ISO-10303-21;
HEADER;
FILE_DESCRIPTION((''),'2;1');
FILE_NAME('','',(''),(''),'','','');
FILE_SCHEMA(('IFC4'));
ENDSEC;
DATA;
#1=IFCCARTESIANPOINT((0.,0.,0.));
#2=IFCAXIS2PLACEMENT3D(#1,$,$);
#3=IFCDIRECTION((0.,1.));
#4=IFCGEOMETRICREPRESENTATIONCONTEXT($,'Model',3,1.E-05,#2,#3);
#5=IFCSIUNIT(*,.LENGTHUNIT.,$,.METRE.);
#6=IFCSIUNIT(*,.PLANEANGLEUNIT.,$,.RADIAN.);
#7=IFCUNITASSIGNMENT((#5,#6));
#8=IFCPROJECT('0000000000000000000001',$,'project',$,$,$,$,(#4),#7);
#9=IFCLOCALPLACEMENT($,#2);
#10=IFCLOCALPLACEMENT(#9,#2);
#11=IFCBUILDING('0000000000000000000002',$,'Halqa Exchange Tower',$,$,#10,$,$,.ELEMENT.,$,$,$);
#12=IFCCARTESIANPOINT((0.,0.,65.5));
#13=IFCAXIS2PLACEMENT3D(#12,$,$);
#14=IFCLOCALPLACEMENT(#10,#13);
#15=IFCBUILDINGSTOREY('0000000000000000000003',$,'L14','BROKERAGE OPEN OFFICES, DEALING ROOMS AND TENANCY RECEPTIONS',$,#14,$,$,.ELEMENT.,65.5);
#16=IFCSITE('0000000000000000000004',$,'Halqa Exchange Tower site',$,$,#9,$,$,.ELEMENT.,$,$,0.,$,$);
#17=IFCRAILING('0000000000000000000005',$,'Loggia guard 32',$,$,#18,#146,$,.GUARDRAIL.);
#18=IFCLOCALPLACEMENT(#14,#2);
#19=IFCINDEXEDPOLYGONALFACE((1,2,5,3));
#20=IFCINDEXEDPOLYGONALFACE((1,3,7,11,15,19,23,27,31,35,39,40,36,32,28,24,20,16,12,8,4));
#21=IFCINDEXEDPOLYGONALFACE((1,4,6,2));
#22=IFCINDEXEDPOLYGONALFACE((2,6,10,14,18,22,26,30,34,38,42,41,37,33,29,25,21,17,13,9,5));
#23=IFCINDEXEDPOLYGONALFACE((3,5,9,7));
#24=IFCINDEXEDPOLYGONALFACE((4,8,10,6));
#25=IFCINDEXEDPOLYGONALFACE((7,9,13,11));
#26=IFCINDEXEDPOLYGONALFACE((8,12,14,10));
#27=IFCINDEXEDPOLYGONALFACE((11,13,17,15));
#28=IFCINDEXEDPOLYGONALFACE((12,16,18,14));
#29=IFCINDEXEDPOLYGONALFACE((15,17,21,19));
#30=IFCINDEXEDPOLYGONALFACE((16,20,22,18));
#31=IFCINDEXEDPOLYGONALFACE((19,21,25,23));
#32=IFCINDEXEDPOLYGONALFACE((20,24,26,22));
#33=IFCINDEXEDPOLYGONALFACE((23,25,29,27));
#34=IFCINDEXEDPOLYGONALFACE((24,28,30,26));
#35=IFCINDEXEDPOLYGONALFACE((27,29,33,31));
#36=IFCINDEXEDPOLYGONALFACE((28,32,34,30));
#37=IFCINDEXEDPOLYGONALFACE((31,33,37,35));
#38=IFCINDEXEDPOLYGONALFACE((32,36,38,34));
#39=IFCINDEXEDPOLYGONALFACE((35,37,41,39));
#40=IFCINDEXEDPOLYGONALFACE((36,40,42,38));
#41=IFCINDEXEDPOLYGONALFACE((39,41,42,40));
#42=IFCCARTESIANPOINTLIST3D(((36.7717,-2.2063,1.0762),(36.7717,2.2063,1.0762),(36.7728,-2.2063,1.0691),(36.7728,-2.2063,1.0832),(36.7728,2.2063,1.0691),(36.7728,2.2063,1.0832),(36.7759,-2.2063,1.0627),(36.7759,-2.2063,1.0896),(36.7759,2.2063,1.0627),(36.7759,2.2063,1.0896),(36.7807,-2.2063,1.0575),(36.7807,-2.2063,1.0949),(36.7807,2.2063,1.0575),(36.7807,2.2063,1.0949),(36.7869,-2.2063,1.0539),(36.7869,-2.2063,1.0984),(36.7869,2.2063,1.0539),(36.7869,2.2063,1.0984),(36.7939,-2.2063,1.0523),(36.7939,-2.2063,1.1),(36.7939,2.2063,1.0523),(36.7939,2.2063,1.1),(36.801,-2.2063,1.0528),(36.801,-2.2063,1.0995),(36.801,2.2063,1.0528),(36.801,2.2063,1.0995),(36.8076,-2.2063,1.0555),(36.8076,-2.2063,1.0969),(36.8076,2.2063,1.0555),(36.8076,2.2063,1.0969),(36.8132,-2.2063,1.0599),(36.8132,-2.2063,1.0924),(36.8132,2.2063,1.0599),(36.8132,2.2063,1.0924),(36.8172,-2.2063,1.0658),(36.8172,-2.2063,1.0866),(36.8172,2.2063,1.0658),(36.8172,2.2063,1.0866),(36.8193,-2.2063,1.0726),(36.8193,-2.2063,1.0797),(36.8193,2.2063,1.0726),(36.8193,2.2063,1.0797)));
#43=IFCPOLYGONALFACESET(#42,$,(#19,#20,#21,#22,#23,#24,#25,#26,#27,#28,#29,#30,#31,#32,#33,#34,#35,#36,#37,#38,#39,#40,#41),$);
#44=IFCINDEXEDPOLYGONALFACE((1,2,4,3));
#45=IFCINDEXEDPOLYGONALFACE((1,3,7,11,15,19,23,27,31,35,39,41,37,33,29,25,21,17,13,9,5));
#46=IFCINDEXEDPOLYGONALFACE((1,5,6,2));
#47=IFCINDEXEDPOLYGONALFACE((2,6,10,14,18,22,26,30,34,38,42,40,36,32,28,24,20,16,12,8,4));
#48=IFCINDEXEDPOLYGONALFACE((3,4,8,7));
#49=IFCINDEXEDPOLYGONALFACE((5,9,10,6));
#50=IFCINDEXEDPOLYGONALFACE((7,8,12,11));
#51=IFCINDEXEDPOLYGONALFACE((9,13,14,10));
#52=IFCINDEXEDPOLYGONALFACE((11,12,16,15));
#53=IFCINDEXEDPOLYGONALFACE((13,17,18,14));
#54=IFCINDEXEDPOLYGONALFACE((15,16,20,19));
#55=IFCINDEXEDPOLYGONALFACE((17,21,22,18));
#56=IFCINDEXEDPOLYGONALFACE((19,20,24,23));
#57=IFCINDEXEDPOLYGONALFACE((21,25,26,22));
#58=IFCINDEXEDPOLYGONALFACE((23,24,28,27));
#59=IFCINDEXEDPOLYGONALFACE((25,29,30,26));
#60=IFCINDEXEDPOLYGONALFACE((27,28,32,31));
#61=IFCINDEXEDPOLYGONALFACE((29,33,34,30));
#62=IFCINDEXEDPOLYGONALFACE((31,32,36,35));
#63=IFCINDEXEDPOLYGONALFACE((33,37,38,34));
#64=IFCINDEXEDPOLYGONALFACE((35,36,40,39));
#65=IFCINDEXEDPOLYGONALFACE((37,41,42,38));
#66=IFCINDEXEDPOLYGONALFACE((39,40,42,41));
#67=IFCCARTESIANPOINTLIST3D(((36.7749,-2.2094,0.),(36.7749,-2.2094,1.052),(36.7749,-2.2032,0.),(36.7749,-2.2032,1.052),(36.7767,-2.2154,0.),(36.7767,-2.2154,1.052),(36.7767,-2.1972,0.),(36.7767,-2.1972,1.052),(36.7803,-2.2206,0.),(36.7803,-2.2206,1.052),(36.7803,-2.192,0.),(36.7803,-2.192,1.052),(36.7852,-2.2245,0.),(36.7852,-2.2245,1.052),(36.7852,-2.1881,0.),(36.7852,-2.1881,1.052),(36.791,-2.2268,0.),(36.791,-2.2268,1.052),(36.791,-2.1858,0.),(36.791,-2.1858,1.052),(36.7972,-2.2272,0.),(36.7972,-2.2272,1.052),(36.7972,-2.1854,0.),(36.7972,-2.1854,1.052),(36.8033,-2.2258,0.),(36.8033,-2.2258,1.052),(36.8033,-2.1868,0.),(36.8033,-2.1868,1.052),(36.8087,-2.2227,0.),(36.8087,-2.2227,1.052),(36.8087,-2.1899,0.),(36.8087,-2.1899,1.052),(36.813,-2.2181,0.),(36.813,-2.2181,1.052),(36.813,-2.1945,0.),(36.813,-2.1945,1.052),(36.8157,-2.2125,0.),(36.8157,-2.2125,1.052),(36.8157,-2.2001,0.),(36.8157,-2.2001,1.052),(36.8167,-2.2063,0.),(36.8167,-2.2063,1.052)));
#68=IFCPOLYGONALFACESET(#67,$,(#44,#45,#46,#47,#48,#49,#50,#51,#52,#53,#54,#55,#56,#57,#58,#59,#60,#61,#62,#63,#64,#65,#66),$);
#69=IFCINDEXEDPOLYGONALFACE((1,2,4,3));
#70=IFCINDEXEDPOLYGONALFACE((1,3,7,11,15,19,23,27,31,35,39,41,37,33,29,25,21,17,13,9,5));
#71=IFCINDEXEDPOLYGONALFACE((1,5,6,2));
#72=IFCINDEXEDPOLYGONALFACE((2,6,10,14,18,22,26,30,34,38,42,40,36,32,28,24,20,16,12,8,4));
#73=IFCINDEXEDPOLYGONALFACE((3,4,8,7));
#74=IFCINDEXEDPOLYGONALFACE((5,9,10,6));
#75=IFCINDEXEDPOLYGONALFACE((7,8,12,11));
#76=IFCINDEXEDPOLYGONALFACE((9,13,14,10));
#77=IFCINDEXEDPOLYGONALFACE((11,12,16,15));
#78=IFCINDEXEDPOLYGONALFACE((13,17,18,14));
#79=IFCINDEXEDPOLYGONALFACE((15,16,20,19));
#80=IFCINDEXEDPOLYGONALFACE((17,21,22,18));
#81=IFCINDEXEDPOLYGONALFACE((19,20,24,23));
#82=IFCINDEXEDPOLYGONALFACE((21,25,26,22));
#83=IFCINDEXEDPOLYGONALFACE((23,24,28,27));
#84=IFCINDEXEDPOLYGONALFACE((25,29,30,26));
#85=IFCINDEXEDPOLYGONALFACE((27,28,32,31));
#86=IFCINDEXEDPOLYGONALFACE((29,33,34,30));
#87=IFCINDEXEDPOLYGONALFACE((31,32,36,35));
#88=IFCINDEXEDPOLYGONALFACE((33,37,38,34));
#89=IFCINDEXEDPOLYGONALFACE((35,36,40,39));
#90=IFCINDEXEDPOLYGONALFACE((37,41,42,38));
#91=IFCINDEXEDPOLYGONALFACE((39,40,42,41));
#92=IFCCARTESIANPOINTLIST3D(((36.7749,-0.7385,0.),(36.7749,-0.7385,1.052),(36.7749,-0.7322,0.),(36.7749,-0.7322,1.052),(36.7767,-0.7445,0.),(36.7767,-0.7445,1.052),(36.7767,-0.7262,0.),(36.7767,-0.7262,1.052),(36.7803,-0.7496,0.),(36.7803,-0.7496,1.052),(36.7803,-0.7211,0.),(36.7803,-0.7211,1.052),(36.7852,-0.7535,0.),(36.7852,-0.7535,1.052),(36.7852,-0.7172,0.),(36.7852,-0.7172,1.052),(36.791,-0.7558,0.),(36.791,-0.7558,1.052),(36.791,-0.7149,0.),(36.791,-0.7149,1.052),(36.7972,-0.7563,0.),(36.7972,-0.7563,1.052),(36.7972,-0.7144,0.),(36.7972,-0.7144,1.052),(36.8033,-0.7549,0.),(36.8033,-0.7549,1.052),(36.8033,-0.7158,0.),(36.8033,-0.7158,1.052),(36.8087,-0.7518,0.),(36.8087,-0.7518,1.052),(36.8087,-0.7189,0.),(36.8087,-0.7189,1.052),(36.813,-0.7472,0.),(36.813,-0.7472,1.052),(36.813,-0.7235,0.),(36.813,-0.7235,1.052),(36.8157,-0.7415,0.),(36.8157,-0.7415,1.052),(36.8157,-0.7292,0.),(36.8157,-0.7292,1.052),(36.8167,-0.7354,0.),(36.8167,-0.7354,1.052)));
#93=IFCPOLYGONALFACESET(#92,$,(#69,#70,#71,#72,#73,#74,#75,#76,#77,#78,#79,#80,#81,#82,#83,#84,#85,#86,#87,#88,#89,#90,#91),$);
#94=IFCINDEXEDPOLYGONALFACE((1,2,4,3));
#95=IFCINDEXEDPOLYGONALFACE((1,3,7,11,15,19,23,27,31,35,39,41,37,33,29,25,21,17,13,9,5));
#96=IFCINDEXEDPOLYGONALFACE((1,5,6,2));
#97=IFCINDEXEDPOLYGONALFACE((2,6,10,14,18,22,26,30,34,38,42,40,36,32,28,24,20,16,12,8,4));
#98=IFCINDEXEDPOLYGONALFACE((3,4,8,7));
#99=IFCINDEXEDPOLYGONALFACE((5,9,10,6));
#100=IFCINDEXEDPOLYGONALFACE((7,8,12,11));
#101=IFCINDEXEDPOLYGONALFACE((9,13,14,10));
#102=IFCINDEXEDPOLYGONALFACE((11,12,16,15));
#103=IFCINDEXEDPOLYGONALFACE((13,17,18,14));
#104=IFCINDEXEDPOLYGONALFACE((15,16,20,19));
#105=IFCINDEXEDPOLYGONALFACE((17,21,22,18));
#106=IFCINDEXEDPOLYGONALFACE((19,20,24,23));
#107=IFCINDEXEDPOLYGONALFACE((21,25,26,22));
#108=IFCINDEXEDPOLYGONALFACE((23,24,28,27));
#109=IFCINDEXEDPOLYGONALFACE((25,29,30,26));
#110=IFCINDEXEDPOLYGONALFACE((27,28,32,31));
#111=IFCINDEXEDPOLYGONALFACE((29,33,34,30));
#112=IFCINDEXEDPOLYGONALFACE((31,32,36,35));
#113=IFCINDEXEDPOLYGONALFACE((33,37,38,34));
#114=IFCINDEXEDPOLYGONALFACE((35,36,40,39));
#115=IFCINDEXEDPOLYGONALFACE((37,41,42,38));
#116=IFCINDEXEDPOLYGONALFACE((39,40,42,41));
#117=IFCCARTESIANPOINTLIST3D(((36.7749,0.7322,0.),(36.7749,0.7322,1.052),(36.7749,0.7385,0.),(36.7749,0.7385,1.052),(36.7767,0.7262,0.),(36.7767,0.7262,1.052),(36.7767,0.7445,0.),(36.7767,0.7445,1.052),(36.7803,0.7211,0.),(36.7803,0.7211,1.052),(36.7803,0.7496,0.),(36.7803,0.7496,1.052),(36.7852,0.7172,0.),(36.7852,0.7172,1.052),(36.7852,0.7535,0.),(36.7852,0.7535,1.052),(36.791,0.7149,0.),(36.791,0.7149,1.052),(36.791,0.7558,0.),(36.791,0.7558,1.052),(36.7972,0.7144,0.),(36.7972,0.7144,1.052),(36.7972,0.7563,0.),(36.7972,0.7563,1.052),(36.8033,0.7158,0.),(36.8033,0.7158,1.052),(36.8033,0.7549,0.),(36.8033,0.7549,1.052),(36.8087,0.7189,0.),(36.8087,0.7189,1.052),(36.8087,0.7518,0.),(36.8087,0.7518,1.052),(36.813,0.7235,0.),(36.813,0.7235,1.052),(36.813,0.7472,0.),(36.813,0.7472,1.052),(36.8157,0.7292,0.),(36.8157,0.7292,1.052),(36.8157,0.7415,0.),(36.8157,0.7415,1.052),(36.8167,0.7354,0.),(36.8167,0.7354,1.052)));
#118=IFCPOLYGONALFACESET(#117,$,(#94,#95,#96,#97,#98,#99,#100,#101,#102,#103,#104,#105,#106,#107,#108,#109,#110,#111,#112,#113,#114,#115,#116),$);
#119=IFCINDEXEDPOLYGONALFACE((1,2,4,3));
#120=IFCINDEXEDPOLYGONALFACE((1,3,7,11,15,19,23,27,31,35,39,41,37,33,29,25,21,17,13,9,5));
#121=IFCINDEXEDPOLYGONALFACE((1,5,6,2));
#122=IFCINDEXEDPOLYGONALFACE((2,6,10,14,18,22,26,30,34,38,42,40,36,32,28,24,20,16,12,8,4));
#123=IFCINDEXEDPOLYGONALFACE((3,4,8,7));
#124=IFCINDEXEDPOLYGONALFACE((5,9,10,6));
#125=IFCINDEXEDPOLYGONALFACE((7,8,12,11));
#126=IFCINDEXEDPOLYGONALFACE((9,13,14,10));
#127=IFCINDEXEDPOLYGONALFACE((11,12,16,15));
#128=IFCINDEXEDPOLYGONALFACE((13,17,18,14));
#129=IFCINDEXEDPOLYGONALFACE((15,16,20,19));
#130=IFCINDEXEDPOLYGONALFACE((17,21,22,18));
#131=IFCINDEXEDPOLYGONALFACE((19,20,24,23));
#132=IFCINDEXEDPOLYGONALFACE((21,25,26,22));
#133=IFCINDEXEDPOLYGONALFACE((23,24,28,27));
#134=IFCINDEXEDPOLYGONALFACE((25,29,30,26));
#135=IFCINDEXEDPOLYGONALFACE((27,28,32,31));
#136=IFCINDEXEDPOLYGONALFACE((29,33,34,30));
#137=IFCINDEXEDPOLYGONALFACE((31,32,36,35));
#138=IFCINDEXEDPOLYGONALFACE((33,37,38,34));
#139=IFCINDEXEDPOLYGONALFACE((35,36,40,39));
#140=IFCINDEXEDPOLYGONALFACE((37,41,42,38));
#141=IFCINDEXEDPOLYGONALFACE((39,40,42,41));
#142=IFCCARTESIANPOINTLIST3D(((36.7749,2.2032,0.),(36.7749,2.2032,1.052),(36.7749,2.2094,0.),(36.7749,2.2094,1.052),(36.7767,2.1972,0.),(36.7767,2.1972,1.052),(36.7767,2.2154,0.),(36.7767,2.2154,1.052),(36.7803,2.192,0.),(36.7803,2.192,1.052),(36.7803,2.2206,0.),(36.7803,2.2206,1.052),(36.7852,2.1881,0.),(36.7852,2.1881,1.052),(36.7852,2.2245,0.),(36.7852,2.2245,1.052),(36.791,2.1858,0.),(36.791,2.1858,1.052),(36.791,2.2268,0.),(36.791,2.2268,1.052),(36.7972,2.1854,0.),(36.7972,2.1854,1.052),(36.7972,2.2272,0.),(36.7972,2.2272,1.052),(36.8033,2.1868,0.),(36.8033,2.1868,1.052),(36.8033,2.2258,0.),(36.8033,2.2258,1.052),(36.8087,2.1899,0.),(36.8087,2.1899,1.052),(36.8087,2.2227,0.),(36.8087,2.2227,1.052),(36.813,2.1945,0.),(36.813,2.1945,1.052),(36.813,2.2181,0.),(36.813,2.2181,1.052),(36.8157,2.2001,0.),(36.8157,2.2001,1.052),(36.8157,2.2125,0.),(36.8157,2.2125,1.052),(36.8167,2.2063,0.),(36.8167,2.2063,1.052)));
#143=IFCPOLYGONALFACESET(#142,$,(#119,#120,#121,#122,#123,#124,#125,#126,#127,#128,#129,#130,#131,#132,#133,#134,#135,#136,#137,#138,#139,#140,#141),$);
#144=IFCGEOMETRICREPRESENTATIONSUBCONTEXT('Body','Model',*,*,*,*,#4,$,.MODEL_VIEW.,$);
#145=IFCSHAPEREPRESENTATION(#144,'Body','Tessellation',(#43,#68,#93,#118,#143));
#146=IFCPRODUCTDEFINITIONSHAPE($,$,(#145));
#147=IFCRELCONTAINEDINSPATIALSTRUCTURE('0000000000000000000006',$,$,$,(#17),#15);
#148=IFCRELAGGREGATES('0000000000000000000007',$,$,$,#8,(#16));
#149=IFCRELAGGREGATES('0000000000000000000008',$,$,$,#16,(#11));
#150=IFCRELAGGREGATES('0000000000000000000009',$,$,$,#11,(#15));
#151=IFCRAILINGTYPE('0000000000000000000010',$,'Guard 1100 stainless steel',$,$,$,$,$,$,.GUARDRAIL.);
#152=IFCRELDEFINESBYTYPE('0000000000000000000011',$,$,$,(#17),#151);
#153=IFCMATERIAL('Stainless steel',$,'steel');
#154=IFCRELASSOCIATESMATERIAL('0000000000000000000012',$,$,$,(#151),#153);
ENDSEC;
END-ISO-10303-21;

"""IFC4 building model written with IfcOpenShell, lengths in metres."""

from ifc_helpers import new_model, si_unit, direction, frame, origin, origin_2d, place, context, subcontext, project, spatial, circle, extrude, material, type_object, element, save


model = new_model("IFC4")

# Units and contexts
model_context = context("Model", 3, precision=1e-05, world=origin(), true_north=direction((0.0, 1.0)))
body_context = subcontext(model_context, "Body", "Model", "MODEL_VIEW")
ifc_project = project(units=[si_unit("LENGTHUNIT", "METRE"), si_unit("PLANEANGLEUNIT", "RADIAN")], contexts=[model_context])

# Site, building, storey
site_placement = place(None, origin())
site = spatial("IfcSite", under=ifc_project, at=site_placement, Name="Halqa Exchange Tower site", CompositionType="ELEMENT", RefElevation=0.0)
building_placement = place(site_placement, origin())
building = spatial("IfcBuilding", under=site, at=building_placement, Name="Halqa Exchange Tower", CompositionType="ELEMENT")
storey_placement = place(building_placement, frame((0.0, 0.0, 65.5)))
storey = spatial("IfcBuildingStorey", under=building, at=storey_placement, Name="L14", Description="BROKERAGE OPEN OFFICES, DEALING ROOMS AND TENANCY RECEPTIONS", CompositionType="ELEMENT", Elevation=65.5)

# Railing
ifc_material_1 = material(Name="Stainless steel", Category="steel")
railing_type = type_object("IfcRailingType", Name="Guard 1100 stainless steel", PredefinedType="GUARDRAIL", material=ifc_material_1)
railing_1_placement = place(storey_placement, frame((36.7957, -2.2063, 0.0)))
element("IfcRailing", 1, at=railing_1_placement, inside=storey, type_object=railing_type, Name="Loggia guard 32", PredefinedType="GUARDRAIL", context=body_context, shape_type="SweptSolid", body=[
    extrude(circle(Radius=0.0239, at=origin_2d()), frame((0.0, 0.0, 1.0762), z_axis=(0.0, 1.0, 0.0), x_axis=(-1.0, 0.0, 0.0)), (0.0, 0.0, 1.0), 4.4126),
    extrude(circle(Radius=0.021, at=origin_2d()), origin(), (0.0, 0.0, 1.0), 1.052),
    extrude(circle(Radius=0.021, at=origin_2d()), frame((0.0, 1.4709, 0.0)), (0.0, 0.0, 1.0), 1.052),
    extrude(circle(Radius=0.021, at=origin_2d()), frame((0.0, 2.9417, 0.0)), (0.0, 0.0, 1.0), 1.052),
    extrude(circle(Radius=0.021, at=origin_2d()), frame((0.0, 4.4126, 0.0)), (0.0, 0.0, 1.0), 1.052),
])

save(model, "model.ifc")
